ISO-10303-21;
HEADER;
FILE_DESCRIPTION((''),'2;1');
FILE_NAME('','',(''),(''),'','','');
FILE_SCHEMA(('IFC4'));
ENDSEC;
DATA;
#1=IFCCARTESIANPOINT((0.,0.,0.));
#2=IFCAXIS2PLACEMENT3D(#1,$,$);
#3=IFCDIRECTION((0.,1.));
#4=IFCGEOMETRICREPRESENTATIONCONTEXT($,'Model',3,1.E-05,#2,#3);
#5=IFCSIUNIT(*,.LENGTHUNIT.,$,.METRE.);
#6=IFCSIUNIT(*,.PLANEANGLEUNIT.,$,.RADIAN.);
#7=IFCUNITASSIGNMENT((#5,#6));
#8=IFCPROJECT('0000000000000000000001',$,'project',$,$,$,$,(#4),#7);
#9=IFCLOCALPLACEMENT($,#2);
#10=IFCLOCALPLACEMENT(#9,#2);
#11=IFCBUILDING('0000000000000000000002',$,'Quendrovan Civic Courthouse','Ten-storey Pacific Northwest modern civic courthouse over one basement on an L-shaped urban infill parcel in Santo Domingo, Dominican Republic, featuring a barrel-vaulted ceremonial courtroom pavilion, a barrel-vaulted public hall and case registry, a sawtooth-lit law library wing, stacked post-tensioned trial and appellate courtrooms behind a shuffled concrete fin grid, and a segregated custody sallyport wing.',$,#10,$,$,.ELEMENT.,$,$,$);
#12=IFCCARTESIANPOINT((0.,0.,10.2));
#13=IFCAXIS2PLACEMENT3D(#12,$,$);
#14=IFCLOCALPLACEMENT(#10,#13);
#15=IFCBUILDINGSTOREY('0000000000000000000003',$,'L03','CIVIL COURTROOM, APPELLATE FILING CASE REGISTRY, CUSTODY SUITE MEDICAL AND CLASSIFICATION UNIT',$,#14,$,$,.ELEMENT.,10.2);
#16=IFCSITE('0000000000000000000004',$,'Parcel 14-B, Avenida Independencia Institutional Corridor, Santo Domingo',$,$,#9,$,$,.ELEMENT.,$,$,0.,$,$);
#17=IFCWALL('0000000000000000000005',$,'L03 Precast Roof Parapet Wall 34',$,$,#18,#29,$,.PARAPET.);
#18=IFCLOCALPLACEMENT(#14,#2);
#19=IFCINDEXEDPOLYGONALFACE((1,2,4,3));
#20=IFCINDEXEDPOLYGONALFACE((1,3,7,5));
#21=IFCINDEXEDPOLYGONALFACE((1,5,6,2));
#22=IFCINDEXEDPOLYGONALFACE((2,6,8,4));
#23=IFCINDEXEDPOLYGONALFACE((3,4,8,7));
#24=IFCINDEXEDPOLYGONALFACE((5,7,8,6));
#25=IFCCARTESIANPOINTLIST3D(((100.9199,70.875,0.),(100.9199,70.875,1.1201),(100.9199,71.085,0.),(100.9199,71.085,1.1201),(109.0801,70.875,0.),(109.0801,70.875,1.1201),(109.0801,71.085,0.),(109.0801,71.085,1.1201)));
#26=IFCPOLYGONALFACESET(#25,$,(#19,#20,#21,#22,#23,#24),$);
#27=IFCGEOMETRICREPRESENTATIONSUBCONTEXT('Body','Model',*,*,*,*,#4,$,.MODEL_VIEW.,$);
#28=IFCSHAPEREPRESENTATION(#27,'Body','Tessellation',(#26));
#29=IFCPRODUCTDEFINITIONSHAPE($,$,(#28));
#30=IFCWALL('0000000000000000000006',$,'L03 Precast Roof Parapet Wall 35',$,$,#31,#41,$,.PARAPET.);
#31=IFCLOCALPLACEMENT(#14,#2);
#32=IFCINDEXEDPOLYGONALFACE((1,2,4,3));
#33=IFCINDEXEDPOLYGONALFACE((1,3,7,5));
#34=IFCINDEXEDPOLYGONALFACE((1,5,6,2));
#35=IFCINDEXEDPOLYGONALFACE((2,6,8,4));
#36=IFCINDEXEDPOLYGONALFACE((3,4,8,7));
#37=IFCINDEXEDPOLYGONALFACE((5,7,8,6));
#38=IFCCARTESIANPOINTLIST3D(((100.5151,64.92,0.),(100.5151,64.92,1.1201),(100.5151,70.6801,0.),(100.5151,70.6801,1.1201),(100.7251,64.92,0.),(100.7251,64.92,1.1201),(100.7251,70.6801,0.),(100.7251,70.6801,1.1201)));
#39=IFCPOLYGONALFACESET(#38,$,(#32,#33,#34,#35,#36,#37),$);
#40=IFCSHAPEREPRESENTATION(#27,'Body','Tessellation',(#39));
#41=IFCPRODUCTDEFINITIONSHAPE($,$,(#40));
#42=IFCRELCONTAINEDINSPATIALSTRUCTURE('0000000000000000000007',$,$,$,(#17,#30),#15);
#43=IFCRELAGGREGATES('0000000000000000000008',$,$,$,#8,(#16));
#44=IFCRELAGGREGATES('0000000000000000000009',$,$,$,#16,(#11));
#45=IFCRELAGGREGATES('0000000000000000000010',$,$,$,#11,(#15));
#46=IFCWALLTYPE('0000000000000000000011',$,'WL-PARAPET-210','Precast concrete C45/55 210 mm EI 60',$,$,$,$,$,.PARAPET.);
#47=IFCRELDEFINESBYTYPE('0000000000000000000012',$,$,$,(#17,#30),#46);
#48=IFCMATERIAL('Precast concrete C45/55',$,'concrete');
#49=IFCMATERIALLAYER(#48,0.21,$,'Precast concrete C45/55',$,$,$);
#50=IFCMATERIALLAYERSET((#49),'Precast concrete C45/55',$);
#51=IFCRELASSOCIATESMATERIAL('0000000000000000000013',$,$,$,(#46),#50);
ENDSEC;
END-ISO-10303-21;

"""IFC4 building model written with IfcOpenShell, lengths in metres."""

from ifc_helpers import new_model, si_unit, direction, frame, frame_2d, origin, place, context, subcontext, project, spatial, rectangle, extrude, material, layer, layer_set, type_object, element, save


model = new_model("IFC4")

# Units and contexts
model_context = context("Model", 3, precision=1e-05, world=origin(), true_north=direction((0.0, 1.0)))
body_context = subcontext(model_context, "Body", "Model", "MODEL_VIEW")
ifc_project = project(units=[si_unit("LENGTHUNIT", "METRE"), si_unit("PLANEANGLEUNIT", "RADIAN")], contexts=[model_context])

# Site, building, storey
site_placement = place(None, origin())
site = spatial("IfcSite", under=ifc_project, at=site_placement, Name="Parcel 14-B, Avenida Independencia Institutional Corridor, Santo Domingo", CompositionType="ELEMENT", RefElevation=0.0)
building_placement = place(site_placement, origin())
building = spatial("IfcBuilding", under=site, at=building_placement, Name="Quendrovan Civic Courthouse", Description="Ten-storey Pacific Northwest modern civic courthouse over one basement on an L-shaped urban infill parcel in Santo Domingo, Dominican Republic, featuring a barrel-vaulted ceremonial courtroom pavilion, a barrel-vaulted public hall and case registry, a sawtooth-lit law library wing, stacked post-tensioned trial and appellate courtrooms behind a shuffled concrete fin grid, and a segregated custody sallyport wing.", CompositionType="ELEMENT")
storey_placement = place(building_placement, frame((0.0, 0.0, 10.2)))
storey = spatial("IfcBuildingStorey", under=building, at=storey_placement, Name="L03", Description="CIVIL COURTROOM, APPELLATE FILING CASE REGISTRY, CUSTODY SUITE MEDICAL AND CLASSIFICATION UNIT", CompositionType="ELEMENT", Elevation=10.2)

# Walls
ifc_material_1 = material(Name="Precast concrete C45/55", Category="concrete")
ifc_layer_1 = layer(ifc_material_1, 0.21, Name="Precast concrete C45/55")
ifc_layer_set_1 = layer_set([ifc_layer_1], Name="Precast concrete C45/55")
wall_type_1 = type_object("IfcWallType", Name="WL-PARAPET-210", Description="Precast concrete C45/55 210 mm EI 60", PredefinedType="PARAPET", material=ifc_layer_set_1)
wall_1_placement = place(storey_placement, frame((109.0801, 70.98, 0.0), z_axis=(0.0, 0.0, 1.0), x_axis=(-1.0, 0.0, 0.0)))
element("IfcWall", 1, at=wall_1_placement, inside=storey, type_object=wall_type_1, Name="L03 Precast Roof Parapet Wall 34", PredefinedType="PARAPET", context=body_context, shape_type="SweptSolid", body=[
    extrude(rectangle(XDim=8.1602, YDim=0.21, at=frame_2d((4.0801, 0.0))), origin(), (0.0, 0.0, 1.0), 1.1201),
])
wall_2_placement = place(storey_placement, frame((100.6201, 70.6799, 0.0), z_axis=(0.0, 0.0, 1.0), x_axis=(0.0, -1.0, 0.0)))
element("IfcWall", 2, at=wall_2_placement, inside=storey, type_object=wall_type_1, Name="L03 Precast Roof Parapet Wall 35", PredefinedType="PARAPET", context=body_context, shape_type="SweptSolid", body=[
    extrude(rectangle(XDim=5.76, YDim=0.21, at=frame_2d((2.8799, 0.0))), origin(), (0.0, 0.0, 1.0), 1.1201),
])

save(model, "model.ifc")
